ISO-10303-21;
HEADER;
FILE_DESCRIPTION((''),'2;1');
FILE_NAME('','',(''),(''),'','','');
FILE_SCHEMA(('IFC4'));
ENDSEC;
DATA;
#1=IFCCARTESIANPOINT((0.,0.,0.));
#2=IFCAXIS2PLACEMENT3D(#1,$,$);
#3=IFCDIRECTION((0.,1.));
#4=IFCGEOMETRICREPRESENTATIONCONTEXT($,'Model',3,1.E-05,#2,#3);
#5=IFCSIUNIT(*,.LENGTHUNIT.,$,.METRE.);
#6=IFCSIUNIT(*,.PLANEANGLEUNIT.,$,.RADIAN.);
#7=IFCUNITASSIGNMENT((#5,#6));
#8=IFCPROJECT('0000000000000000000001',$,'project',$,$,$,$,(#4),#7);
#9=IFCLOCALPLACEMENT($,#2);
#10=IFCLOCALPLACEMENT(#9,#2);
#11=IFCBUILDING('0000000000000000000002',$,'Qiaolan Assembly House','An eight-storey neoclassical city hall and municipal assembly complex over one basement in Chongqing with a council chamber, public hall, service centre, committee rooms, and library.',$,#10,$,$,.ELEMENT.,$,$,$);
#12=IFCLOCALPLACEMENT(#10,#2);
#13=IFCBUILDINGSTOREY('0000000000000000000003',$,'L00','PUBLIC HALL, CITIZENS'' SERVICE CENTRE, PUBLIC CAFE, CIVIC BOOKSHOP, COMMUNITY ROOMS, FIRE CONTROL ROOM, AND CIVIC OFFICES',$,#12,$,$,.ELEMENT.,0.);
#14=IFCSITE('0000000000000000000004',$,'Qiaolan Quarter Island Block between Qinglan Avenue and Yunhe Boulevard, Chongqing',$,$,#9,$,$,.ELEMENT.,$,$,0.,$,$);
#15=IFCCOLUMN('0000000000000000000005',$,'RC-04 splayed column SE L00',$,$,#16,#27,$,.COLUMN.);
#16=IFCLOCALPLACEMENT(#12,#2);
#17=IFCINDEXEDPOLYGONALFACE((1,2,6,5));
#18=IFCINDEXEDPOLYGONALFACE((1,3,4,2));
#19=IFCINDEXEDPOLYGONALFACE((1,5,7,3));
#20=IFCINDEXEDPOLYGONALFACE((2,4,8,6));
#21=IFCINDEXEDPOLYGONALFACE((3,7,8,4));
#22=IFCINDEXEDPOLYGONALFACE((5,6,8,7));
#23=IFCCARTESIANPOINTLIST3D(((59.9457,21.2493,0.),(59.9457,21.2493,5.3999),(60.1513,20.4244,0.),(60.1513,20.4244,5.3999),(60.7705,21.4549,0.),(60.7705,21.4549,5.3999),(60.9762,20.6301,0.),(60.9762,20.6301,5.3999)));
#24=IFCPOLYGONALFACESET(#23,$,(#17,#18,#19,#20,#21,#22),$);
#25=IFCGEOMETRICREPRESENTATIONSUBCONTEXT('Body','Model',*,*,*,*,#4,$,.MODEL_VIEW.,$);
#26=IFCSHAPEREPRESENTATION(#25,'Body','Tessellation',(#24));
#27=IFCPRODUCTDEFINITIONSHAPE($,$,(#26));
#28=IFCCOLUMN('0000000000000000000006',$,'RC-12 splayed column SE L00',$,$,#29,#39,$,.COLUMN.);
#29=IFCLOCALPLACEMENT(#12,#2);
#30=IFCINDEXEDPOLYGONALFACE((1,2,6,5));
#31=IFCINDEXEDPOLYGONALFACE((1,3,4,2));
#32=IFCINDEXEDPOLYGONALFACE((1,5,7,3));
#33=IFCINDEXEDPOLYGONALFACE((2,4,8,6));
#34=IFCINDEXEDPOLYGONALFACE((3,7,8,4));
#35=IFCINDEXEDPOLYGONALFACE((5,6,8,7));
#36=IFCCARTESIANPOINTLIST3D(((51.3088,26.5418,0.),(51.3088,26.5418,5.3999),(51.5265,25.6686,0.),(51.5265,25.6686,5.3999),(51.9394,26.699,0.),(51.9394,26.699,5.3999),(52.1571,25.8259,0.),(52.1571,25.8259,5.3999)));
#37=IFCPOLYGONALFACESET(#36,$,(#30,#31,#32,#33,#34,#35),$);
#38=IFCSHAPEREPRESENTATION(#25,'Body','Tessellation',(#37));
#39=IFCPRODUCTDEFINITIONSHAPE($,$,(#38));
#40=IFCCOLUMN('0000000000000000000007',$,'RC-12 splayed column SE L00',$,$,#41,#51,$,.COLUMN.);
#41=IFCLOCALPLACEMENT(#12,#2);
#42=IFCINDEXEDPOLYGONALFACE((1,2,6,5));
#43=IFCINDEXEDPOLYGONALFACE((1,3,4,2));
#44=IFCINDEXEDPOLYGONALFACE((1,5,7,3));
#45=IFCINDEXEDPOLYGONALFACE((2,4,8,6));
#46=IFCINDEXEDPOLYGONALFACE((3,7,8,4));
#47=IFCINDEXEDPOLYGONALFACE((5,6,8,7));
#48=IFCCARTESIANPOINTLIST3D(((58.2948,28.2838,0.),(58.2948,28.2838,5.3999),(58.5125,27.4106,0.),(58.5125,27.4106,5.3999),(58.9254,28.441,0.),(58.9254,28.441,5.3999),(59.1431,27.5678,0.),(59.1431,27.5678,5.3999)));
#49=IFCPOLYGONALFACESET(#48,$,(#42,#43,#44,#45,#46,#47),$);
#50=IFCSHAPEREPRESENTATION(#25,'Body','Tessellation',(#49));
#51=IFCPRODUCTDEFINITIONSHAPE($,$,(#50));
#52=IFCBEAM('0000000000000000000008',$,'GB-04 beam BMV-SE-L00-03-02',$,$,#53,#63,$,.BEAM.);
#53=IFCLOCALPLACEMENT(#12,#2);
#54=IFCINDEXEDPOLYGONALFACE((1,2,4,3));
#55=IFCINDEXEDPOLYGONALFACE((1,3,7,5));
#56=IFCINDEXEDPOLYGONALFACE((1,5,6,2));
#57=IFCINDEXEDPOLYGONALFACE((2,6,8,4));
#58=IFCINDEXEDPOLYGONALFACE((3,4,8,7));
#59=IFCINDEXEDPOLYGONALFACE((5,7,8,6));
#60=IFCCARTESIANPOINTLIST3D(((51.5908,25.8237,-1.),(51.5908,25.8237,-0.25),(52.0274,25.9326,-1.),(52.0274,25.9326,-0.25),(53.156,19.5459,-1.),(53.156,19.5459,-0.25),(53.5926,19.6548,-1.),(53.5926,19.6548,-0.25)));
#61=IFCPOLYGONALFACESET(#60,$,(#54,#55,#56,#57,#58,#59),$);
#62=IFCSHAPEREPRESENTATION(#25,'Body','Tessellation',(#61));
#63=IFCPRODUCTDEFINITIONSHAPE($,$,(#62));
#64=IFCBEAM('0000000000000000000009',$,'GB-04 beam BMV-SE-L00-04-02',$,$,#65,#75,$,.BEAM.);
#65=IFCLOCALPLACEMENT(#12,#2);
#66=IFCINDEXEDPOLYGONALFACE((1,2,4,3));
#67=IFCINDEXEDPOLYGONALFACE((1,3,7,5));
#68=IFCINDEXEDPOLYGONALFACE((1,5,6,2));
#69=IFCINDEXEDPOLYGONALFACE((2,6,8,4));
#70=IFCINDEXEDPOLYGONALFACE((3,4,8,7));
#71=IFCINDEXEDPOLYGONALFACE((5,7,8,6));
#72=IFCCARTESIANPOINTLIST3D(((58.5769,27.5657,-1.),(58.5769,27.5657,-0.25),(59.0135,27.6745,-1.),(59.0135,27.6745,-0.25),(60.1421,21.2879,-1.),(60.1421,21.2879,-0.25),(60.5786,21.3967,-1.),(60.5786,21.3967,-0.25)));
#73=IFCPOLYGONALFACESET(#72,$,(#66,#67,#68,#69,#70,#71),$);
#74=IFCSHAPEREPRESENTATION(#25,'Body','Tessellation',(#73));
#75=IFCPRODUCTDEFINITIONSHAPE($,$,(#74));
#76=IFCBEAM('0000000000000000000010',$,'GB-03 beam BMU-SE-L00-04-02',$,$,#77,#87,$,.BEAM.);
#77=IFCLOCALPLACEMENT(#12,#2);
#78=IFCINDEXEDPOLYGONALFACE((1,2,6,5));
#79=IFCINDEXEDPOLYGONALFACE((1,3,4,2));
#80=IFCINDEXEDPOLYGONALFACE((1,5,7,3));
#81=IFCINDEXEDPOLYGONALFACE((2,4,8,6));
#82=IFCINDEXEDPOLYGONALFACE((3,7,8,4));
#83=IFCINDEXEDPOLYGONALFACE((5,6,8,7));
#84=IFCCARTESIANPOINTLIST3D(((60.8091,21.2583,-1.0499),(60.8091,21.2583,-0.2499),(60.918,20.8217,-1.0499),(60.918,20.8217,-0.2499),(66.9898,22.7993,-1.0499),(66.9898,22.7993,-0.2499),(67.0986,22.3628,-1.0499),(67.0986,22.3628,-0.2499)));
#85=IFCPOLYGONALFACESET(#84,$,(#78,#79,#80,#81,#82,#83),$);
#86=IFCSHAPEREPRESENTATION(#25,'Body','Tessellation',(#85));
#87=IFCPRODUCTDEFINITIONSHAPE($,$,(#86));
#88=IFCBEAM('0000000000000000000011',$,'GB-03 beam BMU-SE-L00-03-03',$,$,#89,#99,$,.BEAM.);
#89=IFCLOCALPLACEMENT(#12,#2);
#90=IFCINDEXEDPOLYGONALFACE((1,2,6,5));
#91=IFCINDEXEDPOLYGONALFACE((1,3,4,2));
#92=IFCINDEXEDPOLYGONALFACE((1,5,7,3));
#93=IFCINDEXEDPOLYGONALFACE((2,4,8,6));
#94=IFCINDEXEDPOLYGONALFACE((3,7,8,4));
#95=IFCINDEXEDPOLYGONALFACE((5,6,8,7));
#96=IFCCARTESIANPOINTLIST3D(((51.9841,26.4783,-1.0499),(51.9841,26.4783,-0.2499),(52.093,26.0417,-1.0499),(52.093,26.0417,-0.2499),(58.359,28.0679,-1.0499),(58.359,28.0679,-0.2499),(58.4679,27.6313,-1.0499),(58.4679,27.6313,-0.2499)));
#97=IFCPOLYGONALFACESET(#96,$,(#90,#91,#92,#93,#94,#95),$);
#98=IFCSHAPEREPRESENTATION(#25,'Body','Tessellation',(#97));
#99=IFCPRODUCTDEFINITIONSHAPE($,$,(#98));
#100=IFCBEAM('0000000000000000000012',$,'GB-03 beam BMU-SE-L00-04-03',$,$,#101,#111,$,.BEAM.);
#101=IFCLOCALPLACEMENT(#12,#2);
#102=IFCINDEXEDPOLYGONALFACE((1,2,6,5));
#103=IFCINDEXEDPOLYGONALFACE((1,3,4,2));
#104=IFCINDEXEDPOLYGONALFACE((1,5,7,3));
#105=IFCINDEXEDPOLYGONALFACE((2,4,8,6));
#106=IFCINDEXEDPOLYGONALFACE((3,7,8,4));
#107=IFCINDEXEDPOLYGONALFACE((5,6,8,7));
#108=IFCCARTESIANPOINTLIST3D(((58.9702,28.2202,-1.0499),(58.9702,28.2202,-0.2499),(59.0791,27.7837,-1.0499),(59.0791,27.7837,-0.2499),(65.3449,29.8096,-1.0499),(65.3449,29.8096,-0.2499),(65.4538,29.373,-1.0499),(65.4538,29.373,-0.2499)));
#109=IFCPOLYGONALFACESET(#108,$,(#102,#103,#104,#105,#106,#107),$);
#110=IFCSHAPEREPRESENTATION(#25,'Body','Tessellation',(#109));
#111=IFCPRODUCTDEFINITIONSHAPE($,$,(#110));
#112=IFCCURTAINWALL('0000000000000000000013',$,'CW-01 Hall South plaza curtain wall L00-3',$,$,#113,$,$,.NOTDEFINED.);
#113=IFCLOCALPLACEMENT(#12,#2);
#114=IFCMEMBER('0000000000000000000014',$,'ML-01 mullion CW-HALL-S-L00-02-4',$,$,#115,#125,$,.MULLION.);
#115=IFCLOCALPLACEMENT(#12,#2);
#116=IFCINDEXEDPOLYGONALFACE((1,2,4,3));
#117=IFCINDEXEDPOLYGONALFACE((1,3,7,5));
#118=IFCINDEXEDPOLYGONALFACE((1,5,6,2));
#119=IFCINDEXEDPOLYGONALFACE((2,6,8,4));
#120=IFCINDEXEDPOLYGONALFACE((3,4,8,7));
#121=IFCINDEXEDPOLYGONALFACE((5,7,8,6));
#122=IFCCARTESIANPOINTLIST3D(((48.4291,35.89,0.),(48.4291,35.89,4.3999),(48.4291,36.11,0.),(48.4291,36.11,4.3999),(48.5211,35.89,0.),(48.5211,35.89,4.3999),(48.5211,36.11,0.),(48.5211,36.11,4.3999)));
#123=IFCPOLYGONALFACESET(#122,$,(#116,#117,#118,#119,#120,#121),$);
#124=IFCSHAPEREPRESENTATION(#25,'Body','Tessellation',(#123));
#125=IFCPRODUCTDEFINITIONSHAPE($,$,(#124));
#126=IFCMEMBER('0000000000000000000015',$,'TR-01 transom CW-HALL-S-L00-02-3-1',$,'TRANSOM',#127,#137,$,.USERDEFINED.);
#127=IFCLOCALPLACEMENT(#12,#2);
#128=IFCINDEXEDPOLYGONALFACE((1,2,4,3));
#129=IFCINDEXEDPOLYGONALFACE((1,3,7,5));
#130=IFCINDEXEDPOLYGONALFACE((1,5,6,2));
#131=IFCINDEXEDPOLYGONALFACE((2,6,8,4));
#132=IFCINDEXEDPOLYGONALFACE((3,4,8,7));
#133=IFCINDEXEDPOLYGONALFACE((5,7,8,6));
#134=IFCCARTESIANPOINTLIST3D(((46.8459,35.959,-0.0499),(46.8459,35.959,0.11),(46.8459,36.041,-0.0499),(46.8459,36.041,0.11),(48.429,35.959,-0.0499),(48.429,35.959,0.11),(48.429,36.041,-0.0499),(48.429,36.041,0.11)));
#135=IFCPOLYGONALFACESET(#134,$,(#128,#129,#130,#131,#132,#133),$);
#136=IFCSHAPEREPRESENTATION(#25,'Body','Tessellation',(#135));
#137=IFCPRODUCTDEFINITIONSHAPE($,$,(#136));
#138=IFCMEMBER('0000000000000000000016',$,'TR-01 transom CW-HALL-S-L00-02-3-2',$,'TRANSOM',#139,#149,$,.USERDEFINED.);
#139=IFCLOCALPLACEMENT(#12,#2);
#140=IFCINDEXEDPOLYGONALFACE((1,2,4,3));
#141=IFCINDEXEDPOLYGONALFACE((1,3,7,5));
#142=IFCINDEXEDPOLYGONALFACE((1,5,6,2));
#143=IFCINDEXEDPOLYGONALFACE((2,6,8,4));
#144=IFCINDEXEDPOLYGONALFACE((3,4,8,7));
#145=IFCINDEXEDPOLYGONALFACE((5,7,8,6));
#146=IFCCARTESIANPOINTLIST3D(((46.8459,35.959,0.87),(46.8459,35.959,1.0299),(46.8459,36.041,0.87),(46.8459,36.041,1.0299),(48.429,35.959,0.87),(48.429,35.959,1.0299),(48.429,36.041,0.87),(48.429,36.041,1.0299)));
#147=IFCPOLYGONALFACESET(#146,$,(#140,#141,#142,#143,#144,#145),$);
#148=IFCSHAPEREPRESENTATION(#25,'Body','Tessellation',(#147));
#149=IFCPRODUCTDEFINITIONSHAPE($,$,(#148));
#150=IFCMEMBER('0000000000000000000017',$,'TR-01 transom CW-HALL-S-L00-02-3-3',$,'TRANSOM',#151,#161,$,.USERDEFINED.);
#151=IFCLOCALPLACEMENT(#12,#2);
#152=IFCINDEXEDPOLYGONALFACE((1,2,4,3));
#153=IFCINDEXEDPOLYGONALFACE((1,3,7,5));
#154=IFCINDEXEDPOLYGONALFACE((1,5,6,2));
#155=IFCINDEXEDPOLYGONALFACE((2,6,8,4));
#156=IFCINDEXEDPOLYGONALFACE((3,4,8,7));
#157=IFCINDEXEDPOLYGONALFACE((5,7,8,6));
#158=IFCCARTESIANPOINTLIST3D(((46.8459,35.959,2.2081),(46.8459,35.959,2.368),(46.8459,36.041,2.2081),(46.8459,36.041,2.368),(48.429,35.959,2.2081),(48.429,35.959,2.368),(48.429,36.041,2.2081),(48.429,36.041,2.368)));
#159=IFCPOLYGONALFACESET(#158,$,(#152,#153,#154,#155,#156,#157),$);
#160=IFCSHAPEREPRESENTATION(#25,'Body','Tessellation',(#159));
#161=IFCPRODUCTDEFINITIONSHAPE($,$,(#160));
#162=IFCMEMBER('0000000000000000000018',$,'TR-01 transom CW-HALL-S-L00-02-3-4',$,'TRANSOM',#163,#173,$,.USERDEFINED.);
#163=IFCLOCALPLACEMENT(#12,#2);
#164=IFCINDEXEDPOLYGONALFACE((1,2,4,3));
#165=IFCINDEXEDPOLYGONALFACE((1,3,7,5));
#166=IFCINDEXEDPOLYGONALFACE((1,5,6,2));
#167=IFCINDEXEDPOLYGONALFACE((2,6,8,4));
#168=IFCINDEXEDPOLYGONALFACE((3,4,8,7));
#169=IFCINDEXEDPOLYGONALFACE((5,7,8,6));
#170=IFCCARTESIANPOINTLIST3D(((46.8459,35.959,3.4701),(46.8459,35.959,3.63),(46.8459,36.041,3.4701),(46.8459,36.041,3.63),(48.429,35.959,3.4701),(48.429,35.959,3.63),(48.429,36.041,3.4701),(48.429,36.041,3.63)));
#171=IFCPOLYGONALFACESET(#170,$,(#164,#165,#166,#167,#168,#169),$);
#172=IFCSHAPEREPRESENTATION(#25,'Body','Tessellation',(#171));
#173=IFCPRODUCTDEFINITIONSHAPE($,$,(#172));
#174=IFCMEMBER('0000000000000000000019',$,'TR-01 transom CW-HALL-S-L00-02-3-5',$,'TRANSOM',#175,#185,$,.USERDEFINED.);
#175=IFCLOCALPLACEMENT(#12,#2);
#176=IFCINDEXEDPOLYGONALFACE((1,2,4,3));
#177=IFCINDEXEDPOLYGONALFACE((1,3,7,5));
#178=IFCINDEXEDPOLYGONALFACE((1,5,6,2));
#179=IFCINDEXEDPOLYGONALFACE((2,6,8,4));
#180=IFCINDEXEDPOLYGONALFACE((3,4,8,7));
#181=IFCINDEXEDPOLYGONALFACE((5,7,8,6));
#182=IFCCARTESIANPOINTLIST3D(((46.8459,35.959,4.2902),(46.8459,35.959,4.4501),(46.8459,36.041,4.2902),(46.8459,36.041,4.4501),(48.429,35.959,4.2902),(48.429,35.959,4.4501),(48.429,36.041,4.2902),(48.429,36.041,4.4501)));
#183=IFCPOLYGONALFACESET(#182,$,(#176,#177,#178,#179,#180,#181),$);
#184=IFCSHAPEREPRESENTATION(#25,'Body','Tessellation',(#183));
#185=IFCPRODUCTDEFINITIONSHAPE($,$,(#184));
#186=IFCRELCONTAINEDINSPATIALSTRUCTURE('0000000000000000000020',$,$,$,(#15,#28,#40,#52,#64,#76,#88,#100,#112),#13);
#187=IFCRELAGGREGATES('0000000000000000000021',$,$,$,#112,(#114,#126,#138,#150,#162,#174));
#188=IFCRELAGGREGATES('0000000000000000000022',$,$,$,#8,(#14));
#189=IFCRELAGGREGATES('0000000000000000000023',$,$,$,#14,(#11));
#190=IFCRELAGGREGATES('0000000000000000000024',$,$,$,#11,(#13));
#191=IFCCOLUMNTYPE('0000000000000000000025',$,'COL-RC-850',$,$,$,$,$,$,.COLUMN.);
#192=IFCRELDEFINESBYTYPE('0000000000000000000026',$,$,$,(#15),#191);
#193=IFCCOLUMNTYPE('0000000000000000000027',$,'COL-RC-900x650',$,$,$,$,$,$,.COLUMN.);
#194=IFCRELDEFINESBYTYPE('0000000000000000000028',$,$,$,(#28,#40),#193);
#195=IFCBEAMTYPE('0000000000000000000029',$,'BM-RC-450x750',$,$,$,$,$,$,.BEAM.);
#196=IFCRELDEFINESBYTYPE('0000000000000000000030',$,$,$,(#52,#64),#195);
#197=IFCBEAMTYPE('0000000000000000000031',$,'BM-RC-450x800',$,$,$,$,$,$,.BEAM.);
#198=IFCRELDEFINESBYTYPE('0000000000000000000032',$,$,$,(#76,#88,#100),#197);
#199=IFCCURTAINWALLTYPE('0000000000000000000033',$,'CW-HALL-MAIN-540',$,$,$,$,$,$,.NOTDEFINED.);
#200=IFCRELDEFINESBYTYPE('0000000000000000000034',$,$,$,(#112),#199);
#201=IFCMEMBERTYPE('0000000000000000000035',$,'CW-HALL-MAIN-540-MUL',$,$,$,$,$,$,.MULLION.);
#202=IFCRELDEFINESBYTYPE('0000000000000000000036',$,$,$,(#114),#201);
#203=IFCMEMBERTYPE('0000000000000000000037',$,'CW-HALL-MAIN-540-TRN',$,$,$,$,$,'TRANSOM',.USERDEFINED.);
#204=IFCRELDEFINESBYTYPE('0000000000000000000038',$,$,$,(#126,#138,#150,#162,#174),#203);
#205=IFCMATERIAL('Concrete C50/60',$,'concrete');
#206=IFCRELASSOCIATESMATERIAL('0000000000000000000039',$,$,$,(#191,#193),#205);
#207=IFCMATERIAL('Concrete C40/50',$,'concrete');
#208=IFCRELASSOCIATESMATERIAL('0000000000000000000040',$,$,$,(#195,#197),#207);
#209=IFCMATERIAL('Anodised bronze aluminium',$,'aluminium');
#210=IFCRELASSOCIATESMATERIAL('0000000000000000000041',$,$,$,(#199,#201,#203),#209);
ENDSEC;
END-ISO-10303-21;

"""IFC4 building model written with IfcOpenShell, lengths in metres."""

from ifc_helpers import new_model, si_unit, direction, frame, origin, origin_2d, place, context, subcontext, project, spatial, rectangle, extrude, material, material_profile, profile_set, type_object, element, aggregate, save


model = new_model("IFC4")

# Units and contexts
model_context = context("Model", 3, precision=1e-05, world=origin(), true_north=direction((0.0, 1.0)))
body_context = subcontext(model_context, "Body", "Model", "MODEL_VIEW")
ifc_project = project(units=[si_unit("LENGTHUNIT", "METRE"), si_unit("PLANEANGLEUNIT", "RADIAN")], contexts=[model_context])

# Site, building, storey
site_placement = place(None, origin())
site = spatial("IfcSite", under=ifc_project, at=site_placement, Name="Qiaolan Quarter Island Block between Qinglan Avenue and Yunhe Boulevard, Chongqing", CompositionType="ELEMENT", RefElevation=0.0)
building_placement = place(site_placement, origin())
building = spatial("IfcBuilding", under=site, at=building_placement, Name="Qiaolan Assembly House", Description="An eight-storey neoclassical city hall and municipal assembly complex over one basement in Chongqing with a council chamber, public hall, service centre, committee rooms, and library.", CompositionType="ELEMENT")
storey_placement = place(building_placement, origin())
storey = spatial("IfcBuildingStorey", under=building, at=storey_placement, Name="L00", Description="PUBLIC HALL, CITIZENS' SERVICE CENTRE, PUBLIC CAFE, CIVIC BOOKSHOP, COMMUNITY ROOMS, FIRE CONTROL ROOM, AND CIVIC OFFICES", CompositionType="ELEMENT", Elevation=0.0)

# Columns
ifc_material_1 = material(Name="Concrete C50/60", Category="concrete")
ifc_material_profile_1 = material_profile(ifc_material_1, rectangle(XDim=0.8501, YDim=0.8501, at=origin_2d()), Name="RC 850x850")
ifc_profile_set_1 = profile_set([ifc_material_profile_1], Name="Concrete C50/60")
column_type_1 = type_object("IfcColumnType", Name="COL-RC-850", PredefinedType="COLUMN", material=ifc_profile_set_1)
column_placement = place(storey_placement, frame((60.4609, 20.9397, 0.0), z_axis=(0.0, 0.0, 1.0), x_axis=(0.970296, 0.241922, 0.0)))
element("IfcColumn", 1, at=column_placement, inside=storey, type_object=column_type_1, Name="RC-04 splayed column SE L00", PredefinedType="COLUMN", context=body_context, shape_type="SweptSolid", body=[
    extrude(rectangle(XDim=0.8501, YDim=0.8501, at=origin_2d()), origin(), (0.0, 0.0, 1.0), 5.3999),
])
ifc_material_profile_2 = material_profile(ifc_material_1, rectangle(XDim=0.6499, YDim=0.8999, at=origin_2d()), Name="RC 900x650")
ifc_profile_set_2 = profile_set([ifc_material_profile_2], Name="Concrete C50/60")
column_type_2 = type_object("IfcColumnType", Name="COL-RC-900x650", PredefinedType="COLUMN", material=ifc_profile_set_2)
for number, where, z_axis, x_axis, name in (
    (2, (51.7329, 26.1838, 0.0), (0.0, 0.0, 1.0), (0.970296, 0.241922, 0.0), "RC-12 splayed column SE L00"),
    (3, (58.719, 27.9258, 0.0), (0.0, 0.0, 1.0), (0.970296, 0.241922, 0.0), "RC-12 splayed column SE L00"),
):
    element("IfcColumn", number, at=place(storey_placement, frame(where, z_axis=z_axis, x_axis=x_axis)), inside=storey, type_object=column_type_2, Name=name, PredefinedType="COLUMN", context=body_context, shape_type="SweptSolid", body=[
        extrude(rectangle(XDim=0.6499, YDim=0.8999, at=origin_2d()), origin(), (0.0, 0.0, 1.0), 5.3999),
    ])

# Beams
ifc_material_2 = material(Name="Concrete C40/50", Category="concrete")
ifc_material_profile_3 = material_profile(ifc_material_2, rectangle(XDim=0.45, YDim=0.75, at=origin_2d()), Name="RCB 450x750")
ifc_profile_set_3 = profile_set([ifc_material_profile_3], Name="Concrete C40/50")
beam_type_1 = type_object("IfcBeamType", Name="BM-RC-450x750", PredefinedType="BEAM", material=ifc_profile_set_3)
for number, where, z_axis, x_axis, name in (
    (4, (53.3743, 19.6003, -0.625), (-0.241914, 0.970298, 0.0), (-0.970298, -0.241914, 0.0), "GB-04 beam BMV-SE-L00-03-02"),
    (5, (60.3604, 21.3423, -0.625), (-0.241914, 0.970298, 0.0), (-0.970298, -0.241914, 0.0), "GB-04 beam BMV-SE-L00-04-02"),
):
    element("IfcBeam", number, at=place(storey_placement, frame(where, z_axis=z_axis, x_axis=x_axis)), inside=storey, type_object=beam_type_1, Name=name, PredefinedType="BEAM", context=body_context, shape_type="SweptSolid", body=[
        extrude(rectangle(XDim=0.45, YDim=0.75, at=origin_2d()), origin(), (0.0, 0.0, 1.0), 6.47),
    ])
ifc_material_profile_4 = material_profile(ifc_material_2, rectangle(XDim=0.45, YDim=0.8, at=origin_2d()), Name="RCB 450x800")
ifc_profile_set_4 = profile_set([ifc_material_profile_4], Name="Concrete C40/50")
beam_type_2 = type_object("IfcBeamType", Name="BM-RC-450x800", PredefinedType="BEAM", material=ifc_profile_set_4)
beam_1_placement = place(storey_placement, frame((60.8635, 21.04, -0.6499), z_axis=(0.970296, 0.241922, 0.0), x_axis=(-0.241922, 0.970296, 0.0)))
element("IfcBeam", 6, at=beam_1_placement, inside=storey, type_object=beam_type_2, Name="GB-03 beam BMU-SE-L00-04-02", PredefinedType="BEAM", context=body_context, shape_type="SweptSolid", body=[
    extrude(rectangle(XDim=0.45, YDim=0.8, at=origin_2d()), origin(), (0.0, 0.0, 1.0), 6.3699),
])
beam_2_placement = place(storey_placement, frame((52.0386, 26.26, -0.6499), z_axis=(0.970289, 0.24195, 0.0), x_axis=(-0.24195, 0.970289, 0.0)))
element("IfcBeam", 7, at=beam_2_placement, inside=storey, type_object=beam_type_2, Name="GB-03 beam BMU-SE-L00-03-03", PredefinedType="BEAM", context=body_context, shape_type="SweptSolid", body=[
    extrude(rectangle(XDim=0.45, YDim=0.8, at=origin_2d()), origin(), (0.0, 0.0, 1.0), 6.5701),
])
beam_3_placement = place(storey_placement, frame((59.0247, 28.002, -0.6499), z_axis=(0.970298, 0.241915, 0.0), x_axis=(-0.241915, 0.970298, 0.0)))
element("IfcBeam", 8, at=beam_3_placement, inside=storey, type_object=beam_type_2, Name="GB-03 beam BMU-SE-L00-04-03", PredefinedType="BEAM", context=body_context, shape_type="SweptSolid", body=[
    extrude(rectangle(XDim=0.45, YDim=0.8, at=origin_2d()), origin(), (0.0, 0.0, 1.0), 6.5698),
])

# Curtain wall, members
ifc_material_3 = material(Name="Anodised bronze aluminium", Category="aluminium")
curtain_wall_type = type_object("IfcCurtainWallType", Name="CW-HALL-MAIN-540", PredefinedType="NOTDEFINED", material=ifc_material_3)
curtain_wall_placement = place(storey_placement, origin())
curtain_wall = element("IfcCurtainWall", 9, at=curtain_wall_placement, inside=storey, type_object=curtain_wall_type, Name="CW-01 Hall South plaza curtain wall L00-3", PredefinedType="NOTDEFINED")
ifc_material_profile_5 = material_profile(ifc_material_3, rectangle(XDim=0.092, YDim=0.22, at=origin_2d()), Name="MUL 92x220")
ifc_profile_set_5 = profile_set([ifc_material_profile_5], Name="Anodised bronze aluminium")
member_type_1 = type_object("IfcMemberType", Name="CW-HALL-MAIN-540-MUL", PredefinedType="MULLION", material=ifc_profile_set_5)
member_1_placement = place(storey_placement, frame((48.4751, 36.0, 0.0), z_axis=(0.0, 0.0, 1.0), x_axis=(1.0, 0.0, 0.0)))
member_1 = element("IfcMember", 10, at=member_1_placement, type_object=member_type_1, Name="ML-01 mullion CW-HALL-S-L00-02-4", PredefinedType="MULLION", context=body_context, shape_type="SweptSolid", body=[
    extrude(rectangle(XDim=0.092, YDim=0.22, at=origin_2d()), origin(), (0.0, 0.0, 1.0), 4.3999),
])
ifc_material_profile_6 = material_profile(ifc_material_3, rectangle(XDim=0.082, YDim=0.1599, at=origin_2d()), Name="TRN 82x160")
ifc_profile_set_6 = profile_set([ifc_material_profile_6], Name="Anodised bronze aluminium")
member_type_2 = type_object("IfcMemberType", Name="CW-HALL-MAIN-540-TRN", ElementType="TRANSOM", PredefinedType="USERDEFINED", material=ifc_profile_set_6)
member_2_placement = place(storey_placement, frame((46.8459, 36.0, 0.03), z_axis=(1.0, 0.0, 0.0), x_axis=(0.0, 1.0, 0.0)))
member_2 = element("IfcMember", 11, at=member_2_placement, type_object=member_type_2, Name="TR-01 transom CW-HALL-S-L00-02-3-1", ObjectType="TRANSOM", PredefinedType="USERDEFINED", context=body_context, shape_type="SweptSolid", body=[
    extrude(rectangle(XDim=0.082, YDim=0.1599, at=origin_2d()), origin(), (0.0, 0.0, 1.0), 1.583),
])
member_3_placement = place(storey_placement, frame((46.8459, 36.0, 0.95), z_axis=(1.0, 0.0, 0.0), x_axis=(0.0, 1.0, 0.0)))
member_3 = element("IfcMember", 12, at=member_3_placement, type_object=member_type_2, Name="TR-01 transom CW-HALL-S-L00-02-3-2", ObjectType="TRANSOM", PredefinedType="USERDEFINED", context=body_context, shape_type="SweptSolid", body=[
    extrude(rectangle(XDim=0.082, YDim=0.1599, at=origin_2d()), origin(), (0.0, 0.0, 1.0), 1.583),
])
member_4_placement = place(storey_placement, frame((46.8459, 36.0, 2.2881), z_axis=(1.0, 0.0, 0.0), x_axis=(0.0, 1.0, 0.0)))
member_4 = element("IfcMember", 13, at=member_4_placement, type_object=member_type_2, Name="TR-01 transom CW-HALL-S-L00-02-3-3", ObjectType="TRANSOM", PredefinedType="USERDEFINED", context=body_context, shape_type="SweptSolid", body=[
    extrude(rectangle(XDim=0.082, YDim=0.1599, at=origin_2d()), origin(), (0.0, 0.0, 1.0), 1.583),
])
member_5_placement = place(storey_placement, frame((46.8459, 36.0, 3.55), z_axis=(1.0, 0.0, 0.0), x_axis=(0.0, 1.0, 0.0)))
member_5 = element("IfcMember", 14, at=member_5_placement, type_object=member_type_2, Name="TR-01 transom CW-HALL-S-L00-02-3-4", ObjectType="TRANSOM", PredefinedType="USERDEFINED", context=body_context, shape_type="SweptSolid", body=[
    extrude(rectangle(XDim=0.082, YDim=0.1599, at=origin_2d()), origin(), (0.0, 0.0, 1.0), 1.583),
])
member_6_placement = place(storey_placement, frame((46.8459, 36.0, 4.3701), z_axis=(1.0, 0.0, 0.0), x_axis=(0.0, 1.0, 0.0)))
member_6 = element("IfcMember", 15, at=member_6_placement, type_object=member_type_2, Name="TR-01 transom CW-HALL-S-L00-02-3-5", ObjectType="TRANSOM", PredefinedType="USERDEFINED", context=body_context, shape_type="SweptSolid", body=[
    extrude(rectangle(XDim=0.082, YDim=0.1599, at=origin_2d()), origin(), (0.0, 0.0, 1.0), 1.583),
])

aggregate(curtain_wall, [member_1, member_2, member_3, member_4, member_5, member_6])

save(model, "model.ifc")
